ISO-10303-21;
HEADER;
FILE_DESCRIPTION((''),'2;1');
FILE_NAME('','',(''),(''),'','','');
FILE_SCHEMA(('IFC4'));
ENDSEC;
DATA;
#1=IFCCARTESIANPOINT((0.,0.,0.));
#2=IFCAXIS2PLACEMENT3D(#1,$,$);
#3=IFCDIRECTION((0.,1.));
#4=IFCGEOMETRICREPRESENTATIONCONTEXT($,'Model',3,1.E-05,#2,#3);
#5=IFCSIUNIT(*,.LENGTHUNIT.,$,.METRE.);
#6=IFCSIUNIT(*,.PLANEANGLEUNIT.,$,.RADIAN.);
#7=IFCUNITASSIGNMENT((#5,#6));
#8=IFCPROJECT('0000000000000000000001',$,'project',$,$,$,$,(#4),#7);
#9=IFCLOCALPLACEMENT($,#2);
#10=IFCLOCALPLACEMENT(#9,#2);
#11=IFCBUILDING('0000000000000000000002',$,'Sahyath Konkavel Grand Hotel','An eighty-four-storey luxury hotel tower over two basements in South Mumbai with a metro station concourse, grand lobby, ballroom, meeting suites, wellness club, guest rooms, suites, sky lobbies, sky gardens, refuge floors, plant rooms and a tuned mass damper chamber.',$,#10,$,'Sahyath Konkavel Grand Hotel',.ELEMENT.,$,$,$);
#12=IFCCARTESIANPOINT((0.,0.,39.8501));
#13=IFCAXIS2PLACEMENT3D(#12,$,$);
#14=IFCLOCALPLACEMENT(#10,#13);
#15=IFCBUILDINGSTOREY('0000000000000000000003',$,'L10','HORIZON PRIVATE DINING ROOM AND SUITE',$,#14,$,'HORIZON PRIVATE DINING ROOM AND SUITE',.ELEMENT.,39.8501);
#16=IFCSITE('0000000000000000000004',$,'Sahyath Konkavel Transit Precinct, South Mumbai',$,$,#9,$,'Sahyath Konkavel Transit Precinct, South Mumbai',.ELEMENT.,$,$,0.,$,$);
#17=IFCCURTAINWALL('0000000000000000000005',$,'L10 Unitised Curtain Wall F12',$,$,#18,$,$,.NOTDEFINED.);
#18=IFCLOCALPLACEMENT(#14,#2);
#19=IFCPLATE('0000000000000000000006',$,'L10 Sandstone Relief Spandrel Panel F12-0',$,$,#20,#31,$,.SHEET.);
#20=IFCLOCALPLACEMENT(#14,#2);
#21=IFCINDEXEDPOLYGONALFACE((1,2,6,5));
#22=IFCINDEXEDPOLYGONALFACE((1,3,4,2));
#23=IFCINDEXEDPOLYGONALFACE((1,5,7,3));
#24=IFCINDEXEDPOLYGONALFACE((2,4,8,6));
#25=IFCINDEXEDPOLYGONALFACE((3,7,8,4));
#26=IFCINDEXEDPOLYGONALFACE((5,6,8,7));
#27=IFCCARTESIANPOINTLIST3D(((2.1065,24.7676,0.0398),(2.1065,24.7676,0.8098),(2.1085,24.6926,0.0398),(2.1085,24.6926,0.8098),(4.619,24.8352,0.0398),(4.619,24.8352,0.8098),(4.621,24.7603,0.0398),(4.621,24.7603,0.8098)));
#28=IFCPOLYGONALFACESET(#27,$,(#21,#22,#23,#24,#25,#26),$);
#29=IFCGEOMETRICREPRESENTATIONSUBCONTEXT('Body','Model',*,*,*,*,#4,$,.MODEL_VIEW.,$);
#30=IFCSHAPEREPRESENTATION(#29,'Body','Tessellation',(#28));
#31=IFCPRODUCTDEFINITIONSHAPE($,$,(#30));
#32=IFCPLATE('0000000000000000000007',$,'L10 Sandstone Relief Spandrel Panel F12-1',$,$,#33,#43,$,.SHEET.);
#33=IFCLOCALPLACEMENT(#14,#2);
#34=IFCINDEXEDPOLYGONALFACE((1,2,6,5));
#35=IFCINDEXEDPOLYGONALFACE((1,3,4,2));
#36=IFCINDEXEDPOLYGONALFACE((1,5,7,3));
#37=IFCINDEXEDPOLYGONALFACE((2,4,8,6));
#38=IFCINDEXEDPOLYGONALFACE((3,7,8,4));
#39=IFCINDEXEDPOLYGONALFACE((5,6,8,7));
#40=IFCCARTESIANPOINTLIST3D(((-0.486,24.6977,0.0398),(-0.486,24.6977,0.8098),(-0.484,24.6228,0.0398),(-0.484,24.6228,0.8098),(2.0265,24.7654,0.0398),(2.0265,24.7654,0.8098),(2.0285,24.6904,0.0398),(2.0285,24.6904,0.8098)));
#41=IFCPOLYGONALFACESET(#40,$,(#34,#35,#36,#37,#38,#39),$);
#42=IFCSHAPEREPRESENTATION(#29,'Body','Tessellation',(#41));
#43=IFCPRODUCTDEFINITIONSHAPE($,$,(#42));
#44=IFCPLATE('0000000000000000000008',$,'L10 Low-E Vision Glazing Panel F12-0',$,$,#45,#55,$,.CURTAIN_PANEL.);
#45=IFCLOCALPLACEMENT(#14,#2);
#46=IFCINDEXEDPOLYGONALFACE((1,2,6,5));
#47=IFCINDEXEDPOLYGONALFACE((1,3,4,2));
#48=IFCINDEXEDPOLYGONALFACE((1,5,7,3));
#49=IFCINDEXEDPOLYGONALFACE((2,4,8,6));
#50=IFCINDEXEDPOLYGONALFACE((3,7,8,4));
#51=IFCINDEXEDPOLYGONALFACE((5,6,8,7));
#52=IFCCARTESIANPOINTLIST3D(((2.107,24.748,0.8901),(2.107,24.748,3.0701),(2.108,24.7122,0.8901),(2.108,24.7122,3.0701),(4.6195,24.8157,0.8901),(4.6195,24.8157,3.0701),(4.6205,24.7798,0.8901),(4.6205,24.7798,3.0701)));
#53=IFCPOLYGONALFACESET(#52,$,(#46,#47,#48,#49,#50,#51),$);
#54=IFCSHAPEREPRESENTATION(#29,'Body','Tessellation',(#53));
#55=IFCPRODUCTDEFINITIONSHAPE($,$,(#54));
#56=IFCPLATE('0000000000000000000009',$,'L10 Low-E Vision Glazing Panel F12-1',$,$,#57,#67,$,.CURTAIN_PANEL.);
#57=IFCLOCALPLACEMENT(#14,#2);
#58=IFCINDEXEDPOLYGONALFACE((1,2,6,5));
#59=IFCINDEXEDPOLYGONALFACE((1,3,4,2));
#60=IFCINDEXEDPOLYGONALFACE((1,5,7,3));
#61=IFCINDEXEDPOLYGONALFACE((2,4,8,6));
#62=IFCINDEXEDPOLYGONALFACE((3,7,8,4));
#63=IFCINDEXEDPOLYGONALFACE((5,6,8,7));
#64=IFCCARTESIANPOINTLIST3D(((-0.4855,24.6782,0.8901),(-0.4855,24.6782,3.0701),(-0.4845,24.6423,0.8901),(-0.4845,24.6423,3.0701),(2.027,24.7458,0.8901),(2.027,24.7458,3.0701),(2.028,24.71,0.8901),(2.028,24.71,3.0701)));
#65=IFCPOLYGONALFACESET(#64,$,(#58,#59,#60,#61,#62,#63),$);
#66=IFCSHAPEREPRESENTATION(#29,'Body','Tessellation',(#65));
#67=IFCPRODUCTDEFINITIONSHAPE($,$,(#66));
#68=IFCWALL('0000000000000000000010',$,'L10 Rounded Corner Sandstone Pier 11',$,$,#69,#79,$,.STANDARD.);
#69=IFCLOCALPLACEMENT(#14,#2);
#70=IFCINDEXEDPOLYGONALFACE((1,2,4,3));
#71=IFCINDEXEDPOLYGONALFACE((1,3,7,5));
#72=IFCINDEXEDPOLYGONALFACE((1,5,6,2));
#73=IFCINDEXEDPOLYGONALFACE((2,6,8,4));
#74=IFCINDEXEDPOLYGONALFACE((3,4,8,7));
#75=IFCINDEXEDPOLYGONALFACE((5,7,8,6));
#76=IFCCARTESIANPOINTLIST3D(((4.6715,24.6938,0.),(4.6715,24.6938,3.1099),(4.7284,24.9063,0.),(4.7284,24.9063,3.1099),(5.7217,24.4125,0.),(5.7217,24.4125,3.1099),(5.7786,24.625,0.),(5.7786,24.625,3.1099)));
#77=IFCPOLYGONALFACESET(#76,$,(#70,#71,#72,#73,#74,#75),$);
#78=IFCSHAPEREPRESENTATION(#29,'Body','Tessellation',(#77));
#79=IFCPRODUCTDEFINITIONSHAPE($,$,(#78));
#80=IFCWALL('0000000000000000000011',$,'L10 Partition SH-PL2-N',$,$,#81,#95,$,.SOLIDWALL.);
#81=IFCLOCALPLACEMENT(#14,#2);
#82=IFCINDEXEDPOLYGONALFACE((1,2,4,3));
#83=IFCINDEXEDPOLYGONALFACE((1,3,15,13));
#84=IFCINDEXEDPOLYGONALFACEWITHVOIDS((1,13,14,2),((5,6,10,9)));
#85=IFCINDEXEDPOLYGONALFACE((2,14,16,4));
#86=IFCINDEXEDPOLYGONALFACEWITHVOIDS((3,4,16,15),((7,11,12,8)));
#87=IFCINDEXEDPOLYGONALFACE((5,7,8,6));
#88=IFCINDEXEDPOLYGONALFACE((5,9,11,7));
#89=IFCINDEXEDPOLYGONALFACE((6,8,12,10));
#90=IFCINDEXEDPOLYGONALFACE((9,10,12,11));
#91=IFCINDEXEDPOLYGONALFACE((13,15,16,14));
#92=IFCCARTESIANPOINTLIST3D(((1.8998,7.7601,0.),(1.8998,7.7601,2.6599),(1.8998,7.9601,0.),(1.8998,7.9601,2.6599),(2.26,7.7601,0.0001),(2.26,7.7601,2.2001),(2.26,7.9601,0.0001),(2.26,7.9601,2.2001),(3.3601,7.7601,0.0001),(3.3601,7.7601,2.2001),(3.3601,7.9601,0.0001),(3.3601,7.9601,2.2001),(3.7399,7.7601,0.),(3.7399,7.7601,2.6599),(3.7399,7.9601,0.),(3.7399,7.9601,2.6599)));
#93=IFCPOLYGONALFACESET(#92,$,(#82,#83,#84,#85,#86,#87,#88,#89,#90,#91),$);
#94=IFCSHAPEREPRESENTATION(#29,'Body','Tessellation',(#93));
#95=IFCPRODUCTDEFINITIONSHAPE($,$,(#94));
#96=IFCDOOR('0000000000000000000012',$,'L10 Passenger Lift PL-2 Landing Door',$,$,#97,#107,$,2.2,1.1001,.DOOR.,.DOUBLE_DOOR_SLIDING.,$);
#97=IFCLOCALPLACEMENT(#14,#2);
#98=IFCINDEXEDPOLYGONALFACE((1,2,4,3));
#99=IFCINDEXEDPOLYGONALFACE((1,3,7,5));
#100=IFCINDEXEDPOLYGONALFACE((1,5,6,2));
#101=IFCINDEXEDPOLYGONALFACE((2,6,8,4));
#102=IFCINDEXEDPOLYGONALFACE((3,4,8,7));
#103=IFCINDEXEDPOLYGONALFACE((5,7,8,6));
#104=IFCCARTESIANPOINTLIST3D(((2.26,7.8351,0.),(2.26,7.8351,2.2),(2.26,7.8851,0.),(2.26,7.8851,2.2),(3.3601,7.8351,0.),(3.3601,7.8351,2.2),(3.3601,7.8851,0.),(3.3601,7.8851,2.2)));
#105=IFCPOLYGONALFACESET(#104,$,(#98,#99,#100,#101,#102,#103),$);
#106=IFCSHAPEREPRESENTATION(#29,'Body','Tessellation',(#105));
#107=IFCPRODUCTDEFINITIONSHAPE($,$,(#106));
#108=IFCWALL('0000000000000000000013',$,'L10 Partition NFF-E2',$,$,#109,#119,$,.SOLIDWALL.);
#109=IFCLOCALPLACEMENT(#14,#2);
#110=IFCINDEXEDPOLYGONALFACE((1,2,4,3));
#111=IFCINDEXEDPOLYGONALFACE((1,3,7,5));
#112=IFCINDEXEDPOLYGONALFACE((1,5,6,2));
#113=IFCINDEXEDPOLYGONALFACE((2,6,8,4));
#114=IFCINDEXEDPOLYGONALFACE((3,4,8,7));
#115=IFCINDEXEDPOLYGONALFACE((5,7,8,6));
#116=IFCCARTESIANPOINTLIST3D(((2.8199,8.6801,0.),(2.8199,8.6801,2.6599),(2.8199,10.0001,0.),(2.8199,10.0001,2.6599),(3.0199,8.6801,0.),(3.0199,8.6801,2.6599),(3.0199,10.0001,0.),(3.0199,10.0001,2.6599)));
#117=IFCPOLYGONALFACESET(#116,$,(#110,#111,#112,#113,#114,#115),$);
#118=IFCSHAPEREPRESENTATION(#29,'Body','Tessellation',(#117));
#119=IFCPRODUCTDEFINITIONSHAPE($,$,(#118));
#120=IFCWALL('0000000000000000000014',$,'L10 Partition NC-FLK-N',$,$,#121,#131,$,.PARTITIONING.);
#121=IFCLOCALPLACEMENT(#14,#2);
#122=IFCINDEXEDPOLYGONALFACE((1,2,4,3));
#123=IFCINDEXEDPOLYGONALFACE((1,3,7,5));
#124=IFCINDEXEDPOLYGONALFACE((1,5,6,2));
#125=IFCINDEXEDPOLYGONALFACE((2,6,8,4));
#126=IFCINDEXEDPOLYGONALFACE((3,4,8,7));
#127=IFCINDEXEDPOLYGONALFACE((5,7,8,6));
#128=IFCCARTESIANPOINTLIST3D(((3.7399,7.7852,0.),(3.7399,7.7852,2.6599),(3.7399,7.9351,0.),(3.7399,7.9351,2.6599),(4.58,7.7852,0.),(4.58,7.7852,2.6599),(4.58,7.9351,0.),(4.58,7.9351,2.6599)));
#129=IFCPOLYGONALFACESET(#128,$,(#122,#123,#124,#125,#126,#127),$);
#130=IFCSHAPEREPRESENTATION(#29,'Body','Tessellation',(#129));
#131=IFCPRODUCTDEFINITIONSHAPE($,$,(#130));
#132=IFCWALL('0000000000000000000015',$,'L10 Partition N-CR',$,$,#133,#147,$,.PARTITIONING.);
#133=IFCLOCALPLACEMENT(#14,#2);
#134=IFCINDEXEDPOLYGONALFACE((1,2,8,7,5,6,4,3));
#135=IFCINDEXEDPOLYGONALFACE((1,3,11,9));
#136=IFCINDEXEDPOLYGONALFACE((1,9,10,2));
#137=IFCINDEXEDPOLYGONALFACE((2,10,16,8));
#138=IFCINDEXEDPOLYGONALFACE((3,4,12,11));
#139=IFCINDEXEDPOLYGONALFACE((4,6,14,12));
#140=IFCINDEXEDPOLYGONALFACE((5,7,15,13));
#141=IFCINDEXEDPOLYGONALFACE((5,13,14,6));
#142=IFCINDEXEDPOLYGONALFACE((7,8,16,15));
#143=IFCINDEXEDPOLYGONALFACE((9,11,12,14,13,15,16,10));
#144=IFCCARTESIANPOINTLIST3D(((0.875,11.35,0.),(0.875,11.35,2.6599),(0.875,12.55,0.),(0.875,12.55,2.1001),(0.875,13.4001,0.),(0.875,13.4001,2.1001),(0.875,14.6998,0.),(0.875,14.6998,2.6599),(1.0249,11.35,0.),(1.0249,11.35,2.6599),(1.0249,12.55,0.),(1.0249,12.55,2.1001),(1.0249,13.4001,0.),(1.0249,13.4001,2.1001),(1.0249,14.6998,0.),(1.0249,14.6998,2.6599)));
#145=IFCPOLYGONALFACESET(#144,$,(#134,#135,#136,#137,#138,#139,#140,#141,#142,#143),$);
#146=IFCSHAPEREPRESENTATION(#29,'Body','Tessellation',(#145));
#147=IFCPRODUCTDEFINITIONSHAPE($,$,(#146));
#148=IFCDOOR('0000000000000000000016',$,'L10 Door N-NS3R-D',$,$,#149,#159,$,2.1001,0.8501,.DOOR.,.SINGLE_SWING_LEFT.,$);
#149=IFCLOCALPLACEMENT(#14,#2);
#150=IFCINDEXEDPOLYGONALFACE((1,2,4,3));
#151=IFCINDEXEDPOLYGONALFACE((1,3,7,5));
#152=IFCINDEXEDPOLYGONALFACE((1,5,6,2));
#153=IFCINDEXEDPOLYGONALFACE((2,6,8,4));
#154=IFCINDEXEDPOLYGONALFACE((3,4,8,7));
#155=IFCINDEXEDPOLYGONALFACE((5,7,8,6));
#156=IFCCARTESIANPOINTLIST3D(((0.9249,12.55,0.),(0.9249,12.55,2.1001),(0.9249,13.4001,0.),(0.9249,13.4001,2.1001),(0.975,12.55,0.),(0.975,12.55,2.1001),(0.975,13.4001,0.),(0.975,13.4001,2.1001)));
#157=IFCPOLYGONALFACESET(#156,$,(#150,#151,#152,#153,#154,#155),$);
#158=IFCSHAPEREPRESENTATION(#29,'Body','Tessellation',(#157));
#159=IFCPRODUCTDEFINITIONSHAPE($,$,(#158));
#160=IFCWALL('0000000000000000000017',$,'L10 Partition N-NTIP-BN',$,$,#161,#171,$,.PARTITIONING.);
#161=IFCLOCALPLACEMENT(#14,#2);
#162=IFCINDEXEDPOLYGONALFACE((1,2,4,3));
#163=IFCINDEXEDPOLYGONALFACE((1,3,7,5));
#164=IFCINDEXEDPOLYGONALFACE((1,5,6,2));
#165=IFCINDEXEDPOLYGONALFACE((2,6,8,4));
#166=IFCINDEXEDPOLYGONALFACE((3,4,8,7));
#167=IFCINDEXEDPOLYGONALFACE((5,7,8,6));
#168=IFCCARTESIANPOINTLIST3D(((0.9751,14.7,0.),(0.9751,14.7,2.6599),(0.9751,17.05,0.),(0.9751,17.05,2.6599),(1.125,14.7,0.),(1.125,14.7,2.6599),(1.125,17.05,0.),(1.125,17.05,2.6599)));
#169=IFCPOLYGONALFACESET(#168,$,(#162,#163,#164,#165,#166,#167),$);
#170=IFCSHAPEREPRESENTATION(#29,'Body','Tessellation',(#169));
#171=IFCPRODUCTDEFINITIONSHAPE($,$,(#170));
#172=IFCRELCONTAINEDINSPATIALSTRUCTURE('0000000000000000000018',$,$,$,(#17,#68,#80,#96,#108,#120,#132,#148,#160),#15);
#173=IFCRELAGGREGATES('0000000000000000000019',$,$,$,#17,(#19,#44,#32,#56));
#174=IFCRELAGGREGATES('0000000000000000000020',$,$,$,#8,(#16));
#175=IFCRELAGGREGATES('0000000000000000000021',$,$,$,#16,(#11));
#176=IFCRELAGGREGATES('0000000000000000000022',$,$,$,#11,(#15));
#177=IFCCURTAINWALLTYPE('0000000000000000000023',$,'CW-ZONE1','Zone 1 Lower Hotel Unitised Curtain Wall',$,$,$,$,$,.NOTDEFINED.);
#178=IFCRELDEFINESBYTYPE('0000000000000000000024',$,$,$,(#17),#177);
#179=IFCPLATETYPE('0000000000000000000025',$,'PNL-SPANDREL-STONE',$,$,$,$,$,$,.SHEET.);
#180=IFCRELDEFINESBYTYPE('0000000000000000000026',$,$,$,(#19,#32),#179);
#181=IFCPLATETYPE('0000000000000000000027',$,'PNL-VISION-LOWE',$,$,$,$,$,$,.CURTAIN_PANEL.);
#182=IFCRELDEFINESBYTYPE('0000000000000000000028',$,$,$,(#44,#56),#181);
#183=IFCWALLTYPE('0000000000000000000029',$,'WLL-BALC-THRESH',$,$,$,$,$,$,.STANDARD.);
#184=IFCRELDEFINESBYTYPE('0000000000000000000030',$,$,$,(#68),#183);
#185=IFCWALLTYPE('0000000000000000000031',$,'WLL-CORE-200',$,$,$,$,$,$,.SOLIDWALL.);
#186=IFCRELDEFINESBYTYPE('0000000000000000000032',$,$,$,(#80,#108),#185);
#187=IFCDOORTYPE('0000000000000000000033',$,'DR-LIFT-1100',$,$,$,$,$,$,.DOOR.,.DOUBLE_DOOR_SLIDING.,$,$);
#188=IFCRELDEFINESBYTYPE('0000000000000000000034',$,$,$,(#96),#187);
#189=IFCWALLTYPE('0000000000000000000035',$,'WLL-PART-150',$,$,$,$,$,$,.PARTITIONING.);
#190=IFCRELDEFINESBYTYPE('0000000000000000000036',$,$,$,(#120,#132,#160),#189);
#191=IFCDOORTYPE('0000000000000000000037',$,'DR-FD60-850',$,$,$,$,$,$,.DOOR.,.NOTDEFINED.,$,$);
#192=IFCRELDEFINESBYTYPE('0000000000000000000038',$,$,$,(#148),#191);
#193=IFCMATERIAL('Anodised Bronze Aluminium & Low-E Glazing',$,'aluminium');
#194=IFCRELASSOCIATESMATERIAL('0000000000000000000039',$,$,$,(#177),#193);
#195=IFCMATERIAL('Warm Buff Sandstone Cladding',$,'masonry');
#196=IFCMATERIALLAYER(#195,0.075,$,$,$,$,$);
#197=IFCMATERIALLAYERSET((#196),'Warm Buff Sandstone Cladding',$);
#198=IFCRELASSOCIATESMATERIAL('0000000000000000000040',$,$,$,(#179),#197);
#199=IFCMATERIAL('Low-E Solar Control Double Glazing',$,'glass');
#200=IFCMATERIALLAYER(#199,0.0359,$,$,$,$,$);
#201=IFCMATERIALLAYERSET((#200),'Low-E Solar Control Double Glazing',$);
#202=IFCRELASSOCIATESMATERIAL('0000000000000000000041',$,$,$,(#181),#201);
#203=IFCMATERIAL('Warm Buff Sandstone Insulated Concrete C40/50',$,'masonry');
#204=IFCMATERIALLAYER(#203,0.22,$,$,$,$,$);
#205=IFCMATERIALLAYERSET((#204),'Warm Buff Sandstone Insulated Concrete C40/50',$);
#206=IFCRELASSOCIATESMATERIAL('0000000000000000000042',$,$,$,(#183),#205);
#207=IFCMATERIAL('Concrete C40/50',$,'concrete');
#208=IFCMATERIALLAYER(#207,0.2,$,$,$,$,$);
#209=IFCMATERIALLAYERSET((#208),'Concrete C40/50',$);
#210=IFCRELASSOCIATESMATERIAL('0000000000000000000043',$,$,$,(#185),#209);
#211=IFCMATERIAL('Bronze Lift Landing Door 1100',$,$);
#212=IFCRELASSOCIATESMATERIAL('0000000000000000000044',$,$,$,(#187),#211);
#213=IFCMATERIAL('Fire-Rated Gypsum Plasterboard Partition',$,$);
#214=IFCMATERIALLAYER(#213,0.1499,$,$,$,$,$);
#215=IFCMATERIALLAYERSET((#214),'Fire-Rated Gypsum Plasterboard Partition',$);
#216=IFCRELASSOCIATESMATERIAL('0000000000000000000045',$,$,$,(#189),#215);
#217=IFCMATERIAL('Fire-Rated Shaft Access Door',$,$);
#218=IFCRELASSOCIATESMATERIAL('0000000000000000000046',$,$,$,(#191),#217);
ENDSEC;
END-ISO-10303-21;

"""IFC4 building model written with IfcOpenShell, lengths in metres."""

from ifc_helpers import new_model, si_unit, direction, frame, frame_2d, origin, origin_2d, place, context, subcontext, project, spatial, rectangle, extrude, source, transform, mapped, material, layer, layer_set, type_object, element, fill, aggregate, save


model = new_model("IFC4")

# Units and contexts
model_context = context("Model", 3, precision=1e-05, world=origin(), true_north=direction((0.0, 1.0)))
body_context = subcontext(model_context, "Body", "Model", "MODEL_VIEW")
ifc_project = project(units=[si_unit("LENGTHUNIT", "METRE"), si_unit("PLANEANGLEUNIT", "RADIAN")], contexts=[model_context])

# Site, building, storey
site_placement = place(None, origin())
site = spatial("IfcSite", under=ifc_project, at=site_placement, Name="Sahyath Konkavel Transit Precinct, South Mumbai", LongName="Sahyath Konkavel Transit Precinct, South Mumbai", CompositionType="ELEMENT", RefElevation=0.0)
building_placement = place(site_placement, origin())
building = spatial("IfcBuilding", under=site, at=building_placement, Name="Sahyath Konkavel Grand Hotel", Description="An eighty-four-storey luxury hotel tower over two basements in South Mumbai with a metro station concourse, grand lobby, ballroom, meeting suites, wellness club, guest rooms, suites, sky lobbies, sky gardens, refuge floors, plant rooms and a tuned mass damper chamber.", LongName="Sahyath Konkavel Grand Hotel", CompositionType="ELEMENT")
storey_placement = place(building_placement, frame((0.0, 0.0, 39.8501)))
storey = spatial("IfcBuildingStorey", under=building, at=storey_placement, Name="L10", Description="HORIZON PRIVATE DINING ROOM AND SUITE", LongName="HORIZON PRIVATE DINING ROOM AND SUITE", CompositionType="ELEMENT", Elevation=39.8501)

# Curtain wall, plates
ifc_material_1 = material(Name="Anodised Bronze Aluminium & Low-E Glazing", Category="aluminium")
curtain_wall_type = type_object("IfcCurtainWallType", Name="CW-ZONE1", Description="Zone 1 Lower Hotel Unitised Curtain Wall", PredefinedType="NOTDEFINED", material=ifc_material_1)
curtain_wall_placement = place(storey_placement, origin())
curtain_wall = element("IfcCurtainWall", 1, at=curtain_wall_placement, inside=storey, type_object=curtain_wall_type, Name="L10 Unitised Curtain Wall F12", PredefinedType="NOTDEFINED")
ifc_material_2 = material(Name="Warm Buff Sandstone Cladding", Category="masonry")
ifc_layer_1 = layer(ifc_material_2, 0.075)
ifc_layer_set_1 = layer_set([ifc_layer_1], Name="Warm Buff Sandstone Cladding")
plate_type_1 = type_object("IfcPlateType", Name="PNL-SPANDREL-STONE", PredefinedType="SHEET", material=ifc_layer_set_1)
shared_shape_1 = source(origin(), body_context, "Body", "SweptSolid", [
    extrude(rectangle(XDim=2.5134, YDim=0.075, at=origin_2d()), origin(), (0.0, 0.0, 1.0), 0.77),
])
plate_1_placement = place(storey_placement, frame((3.3638, 24.7639, 0.0398), z_axis=(0.0, 0.0, 1.0), x_axis=(-0.999638, -0.02691, 0.0)))
plate_1 = element("IfcPlate", 2, at=plate_1_placement, type_object=plate_type_1, Name="L10 Sandstone Relief Spandrel Panel F12-0", PredefinedType="SHEET", context=body_context, shape_type="MappedRepresentation", body=[
    mapped(shared_shape_1, transform((0.0, 0.0, 0.0), scale=1.0)),
])
plate_2_placement = place(storey_placement, frame((0.7712, 24.6941, 0.0398), z_axis=(0.0, 0.0, 1.0), x_axis=(-0.999638, -0.02691, 0.0)))
plate_2 = element("IfcPlate", 3, at=plate_2_placement, type_object=plate_type_1, Name="L10 Sandstone Relief Spandrel Panel F12-1", PredefinedType="SHEET", context=body_context, shape_type="MappedRepresentation", body=[
    mapped(shared_shape_1, transform((0.0, 0.0, 0.0), scale=1.0)),
])
ifc_material_3 = material(Name="Low-E Solar Control Double Glazing", Category="glass")
ifc_layer_2 = layer(ifc_material_3, 0.0359)
ifc_layer_set_2 = layer_set([ifc_layer_2], Name="Low-E Solar Control Double Glazing")
plate_type_2 = type_object("IfcPlateType", Name="PNL-VISION-LOWE", PredefinedType="CURTAIN_PANEL", material=ifc_layer_set_2)
shared_shape_2 = source(origin(), body_context, "Body", "SweptSolid", [
    extrude(rectangle(XDim=2.5134, YDim=0.0359, at=origin_2d()), origin(), (0.0, 0.0, 1.0), 2.1799),
])
plate_3_placement = place(storey_placement, frame((3.3638, 24.7639, 0.8901), z_axis=(0.0, 0.0, 1.0), x_axis=(-0.999638, -0.02691, 0.0)))
plate_3 = element("IfcPlate", 4, at=plate_3_placement, type_object=plate_type_2, Name="L10 Low-E Vision Glazing Panel F12-0", PredefinedType="CURTAIN_PANEL", context=body_context, shape_type="MappedRepresentation", body=[
    mapped(shared_shape_2, transform((0.0, 0.0, 0.0), scale=1.0)),
])
plate_4_placement = place(storey_placement, frame((0.7712, 24.6941, 0.8901), z_axis=(0.0, 0.0, 1.0), x_axis=(-0.999638, -0.02691, 0.0)))
plate_4 = element("IfcPlate", 5, at=plate_4_placement, type_object=plate_type_2, Name="L10 Low-E Vision Glazing Panel F12-1", PredefinedType="CURTAIN_PANEL", context=body_context, shape_type="MappedRepresentation", body=[
    mapped(shared_shape_2, transform((0.0, 0.0, 0.0), scale=1.0)),
])
aggregate(curtain_wall, [plate_1, plate_3, plate_2, plate_4])

# Wall
ifc_material_4 = material(Name="Warm Buff Sandstone Insulated Concrete C40/50", Category="masonry")
ifc_layer_3 = layer(ifc_material_4, 0.22)
ifc_layer_set_3 = layer_set([ifc_layer_3], Name="Warm Buff Sandstone Insulated Concrete C40/50")
wall_type_1 = type_object("IfcWallType", Name="WLL-BALC-THRESH", PredefinedType="STANDARD", material=ifc_layer_set_3)
wall_1_placement = place(storey_placement, frame((5.75, 24.5188, 0.0), z_axis=(0.0, 0.0, 1.0), x_axis=(-0.965951, 0.258725, 0.0)))
element("IfcWall", 6, at=wall_1_placement, inside=storey, type_object=wall_type_1, Name="L10 Rounded Corner Sandstone Pier 11", PredefinedType="STANDARD", context=body_context, shape_type="SweptSolid", body=[
    extrude(rectangle(XDim=1.0872, YDim=0.22, at=frame_2d((0.5435, 0.0))), origin(), (0.0, 0.0, 1.0), 3.1099),
])

# Wall, opening, door
ifc_material_5 = material(Name="Concrete C40/50", Category="concrete")
ifc_layer_4 = layer(ifc_material_5, 0.2)
ifc_layer_set_4 = layer_set([ifc_layer_4], Name="Concrete C40/50")
wall_type_2 = type_object("IfcWallType", Name="WLL-CORE-200", PredefinedType="SOLIDWALL", material=ifc_layer_set_4)
wall_2_placement = place(storey_placement, frame((1.8999, 7.8601, 0.0), z_axis=(0.0, 0.0, 1.0), x_axis=(1.0, 0.0, 0.0)))
wall_2 = element("IfcWall", 7, at=wall_2_placement, inside=storey, type_object=wall_type_2, Name="L10 Partition SH-PL2-N", PredefinedType="SOLIDWALL", context=body_context, shape_type="SweptSolid", body=[
    extrude(rectangle(XDim=1.8401, YDim=0.2, at=frame_2d((0.9199, 0.0))), origin(), (0.0, 0.0, 1.0), 2.6599),
])
opening_1_placement = place(wall_2_placement, frame((0.3601, 0.0, 0.0)))
opening_1 = element("IfcOpeningElement", 8, at=opening_1_placement, cuts=wall_2, PredefinedType="OPENING", context=body_context, shape_type="SweptSolid", body=[
    extrude(rectangle(XDim=1.1001, YDim=2.2, at=frame_2d((0.55, 1.1001))), frame((0.0, 0.1099, 0.0), z_axis=(0.0, -1.0, 0.0), x_axis=(1.0, 0.0, 0.0)), (0.0, 0.0, 1.0), 0.22),
])
ifc_material_6 = material(Name="Bronze Lift Landing Door 1100")
door_type_1 = type_object("IfcDoorType", Name="DR-LIFT-1100", OperationType="DOUBLE_DOOR_SLIDING", PredefinedType="DOOR", material=ifc_material_6)
shared_shape_3 = source(origin(), body_context, "Body", "SweptSolid", [
    extrude(rectangle(XDim=1.1001, YDim=0.05, at=origin_2d()), origin(), (0.0, 0.0, 1.0), 2.2),
])
door_1_placement = place(opening_1_placement, frame((0.55, 0.0, 0.0)))
door_1 = element("IfcDoor", 9, at=door_1_placement, inside=storey, type_object=door_type_1, Name="L10 Passenger Lift PL-2 Landing Door", OperationType="DOUBLE_DOOR_SLIDING", OverallHeight=2.2, OverallWidth=1.1001, PredefinedType="DOOR", context=body_context, shape_type="MappedRepresentation", body=[
    mapped(shared_shape_3, transform((0.0, 0.0, 0.0), scale=1.0)),
])
fill(opening_1, door_1)

# Walls
wall_3_placement = place(storey_placement, frame((2.9199, 8.6799, 0.0), z_axis=(0.0, 0.0, 1.0), x_axis=(0.0, 1.0, 0.0)))
element("IfcWall", 10, at=wall_3_placement, inside=storey, type_object=wall_type_2, Name="L10 Partition NFF-E2", PredefinedType="SOLIDWALL", context=body_context, shape_type="SweptSolid", body=[
    extrude(rectangle(XDim=1.3201, YDim=0.2, at=frame_2d((0.6602, 0.0))), origin(), (0.0, 0.0, 1.0), 2.6599),
])
ifc_material_7 = material(Name="Fire-Rated Gypsum Plasterboard Partition")
ifc_layer_5 = layer(ifc_material_7, 0.1499)
ifc_layer_set_5 = layer_set([ifc_layer_5], Name="Fire-Rated Gypsum Plasterboard Partition")
wall_type_3 = type_object("IfcWallType", Name="WLL-PART-150", PredefinedType="PARTITIONING", material=ifc_layer_set_5)
wall_4_placement = place(storey_placement, frame((3.74, 7.8601, 0.0), z_axis=(0.0, 0.0, 1.0), x_axis=(1.0, 0.0, 0.0)))
element("IfcWall", 11, at=wall_4_placement, inside=storey, type_object=wall_type_3, Name="L10 Partition NC-FLK-N", PredefinedType="PARTITIONING", context=body_context, shape_type="SweptSolid", body=[
    extrude(rectangle(XDim=0.8401, YDim=0.1499, at=frame_2d((0.4199, 0.0))), origin(), (0.0, 0.0, 1.0), 2.6599),
])

# Wall, opening, door
wall_5_placement = place(storey_placement, frame((0.95, 11.3501, 0.0), z_axis=(0.0, 0.0, 1.0), x_axis=(0.0, 1.0, 0.0)))
wall_5 = element("IfcWall", 12, at=wall_5_placement, inside=storey, type_object=wall_type_3, Name="L10 Partition N-CR", PredefinedType="PARTITIONING", context=body_context, shape_type="SweptSolid", body=[
    extrude(rectangle(XDim=3.3499, YDim=0.1499, at=frame_2d((1.6748, 0.0))), origin(), (0.0, 0.0, 1.0), 2.6599),
])
opening_2_placement = place(wall_5_placement, frame((1.2, 0.0, 0.0)))
opening_2 = element("IfcOpeningElement", 13, at=opening_2_placement, cuts=wall_5, PredefinedType="OPENING", context=body_context, shape_type="SweptSolid", body=[
    extrude(rectangle(XDim=0.8501, YDim=2.1001, at=frame_2d((0.425, 1.05))), frame((0.0, 0.085, 0.0), z_axis=(0.0, -1.0, 0.0), x_axis=(1.0, 0.0, 0.0)), (0.0, 0.0, 1.0), 0.1699),
])
ifc_material_8 = material(Name="Fire-Rated Shaft Access Door")
door_type_2 = type_object("IfcDoorType", Name="DR-FD60-850", OperationType="NOTDEFINED", PredefinedType="DOOR", material=ifc_material_8)
shared_shape_4 = source(origin(), body_context, "Body", "SweptSolid", [
    extrude(rectangle(XDim=0.8501, YDim=0.05, at=origin_2d()), origin(), (0.0, 0.0, 1.0), 2.1001),
])
door_2_placement = place(opening_2_placement, frame((0.425, 0.0, 0.0)))
door_2 = element("IfcDoor", 14, at=door_2_placement, inside=storey, type_object=door_type_2, Name="L10 Door N-NS3R-D", OperationType="SINGLE_SWING_LEFT", OverallHeight=2.1001, OverallWidth=0.8501, PredefinedType="DOOR", context=body_context, shape_type="MappedRepresentation", body=[
    mapped(shared_shape_4, transform((0.0, 0.0, 0.0), scale=1.0)),
])
fill(opening_2, door_2)

# Wall
for number, where, z_axis, x_axis, name in (
    (15, (1.05, 14.7, 0.0), (0.0, 0.0, 1.0), (0.0, 1.0, 0.0), "L10 Partition N-NTIP-BN"),
):
    element("IfcWall", number, at=place(storey_placement, frame(where, z_axis=z_axis, x_axis=x_axis)), inside=storey, type_object=wall_type_3, Name=name, PredefinedType="PARTITIONING", context=body_context, shape_type="SweptSolid", body=[
        extrude(rectangle(XDim=2.3501, YDim=0.1499, at=frame_2d((1.175, 0.0))), origin(), (0.0, 0.0, 1.0), 2.6599),
    ])

save(model, "model.ifc")
